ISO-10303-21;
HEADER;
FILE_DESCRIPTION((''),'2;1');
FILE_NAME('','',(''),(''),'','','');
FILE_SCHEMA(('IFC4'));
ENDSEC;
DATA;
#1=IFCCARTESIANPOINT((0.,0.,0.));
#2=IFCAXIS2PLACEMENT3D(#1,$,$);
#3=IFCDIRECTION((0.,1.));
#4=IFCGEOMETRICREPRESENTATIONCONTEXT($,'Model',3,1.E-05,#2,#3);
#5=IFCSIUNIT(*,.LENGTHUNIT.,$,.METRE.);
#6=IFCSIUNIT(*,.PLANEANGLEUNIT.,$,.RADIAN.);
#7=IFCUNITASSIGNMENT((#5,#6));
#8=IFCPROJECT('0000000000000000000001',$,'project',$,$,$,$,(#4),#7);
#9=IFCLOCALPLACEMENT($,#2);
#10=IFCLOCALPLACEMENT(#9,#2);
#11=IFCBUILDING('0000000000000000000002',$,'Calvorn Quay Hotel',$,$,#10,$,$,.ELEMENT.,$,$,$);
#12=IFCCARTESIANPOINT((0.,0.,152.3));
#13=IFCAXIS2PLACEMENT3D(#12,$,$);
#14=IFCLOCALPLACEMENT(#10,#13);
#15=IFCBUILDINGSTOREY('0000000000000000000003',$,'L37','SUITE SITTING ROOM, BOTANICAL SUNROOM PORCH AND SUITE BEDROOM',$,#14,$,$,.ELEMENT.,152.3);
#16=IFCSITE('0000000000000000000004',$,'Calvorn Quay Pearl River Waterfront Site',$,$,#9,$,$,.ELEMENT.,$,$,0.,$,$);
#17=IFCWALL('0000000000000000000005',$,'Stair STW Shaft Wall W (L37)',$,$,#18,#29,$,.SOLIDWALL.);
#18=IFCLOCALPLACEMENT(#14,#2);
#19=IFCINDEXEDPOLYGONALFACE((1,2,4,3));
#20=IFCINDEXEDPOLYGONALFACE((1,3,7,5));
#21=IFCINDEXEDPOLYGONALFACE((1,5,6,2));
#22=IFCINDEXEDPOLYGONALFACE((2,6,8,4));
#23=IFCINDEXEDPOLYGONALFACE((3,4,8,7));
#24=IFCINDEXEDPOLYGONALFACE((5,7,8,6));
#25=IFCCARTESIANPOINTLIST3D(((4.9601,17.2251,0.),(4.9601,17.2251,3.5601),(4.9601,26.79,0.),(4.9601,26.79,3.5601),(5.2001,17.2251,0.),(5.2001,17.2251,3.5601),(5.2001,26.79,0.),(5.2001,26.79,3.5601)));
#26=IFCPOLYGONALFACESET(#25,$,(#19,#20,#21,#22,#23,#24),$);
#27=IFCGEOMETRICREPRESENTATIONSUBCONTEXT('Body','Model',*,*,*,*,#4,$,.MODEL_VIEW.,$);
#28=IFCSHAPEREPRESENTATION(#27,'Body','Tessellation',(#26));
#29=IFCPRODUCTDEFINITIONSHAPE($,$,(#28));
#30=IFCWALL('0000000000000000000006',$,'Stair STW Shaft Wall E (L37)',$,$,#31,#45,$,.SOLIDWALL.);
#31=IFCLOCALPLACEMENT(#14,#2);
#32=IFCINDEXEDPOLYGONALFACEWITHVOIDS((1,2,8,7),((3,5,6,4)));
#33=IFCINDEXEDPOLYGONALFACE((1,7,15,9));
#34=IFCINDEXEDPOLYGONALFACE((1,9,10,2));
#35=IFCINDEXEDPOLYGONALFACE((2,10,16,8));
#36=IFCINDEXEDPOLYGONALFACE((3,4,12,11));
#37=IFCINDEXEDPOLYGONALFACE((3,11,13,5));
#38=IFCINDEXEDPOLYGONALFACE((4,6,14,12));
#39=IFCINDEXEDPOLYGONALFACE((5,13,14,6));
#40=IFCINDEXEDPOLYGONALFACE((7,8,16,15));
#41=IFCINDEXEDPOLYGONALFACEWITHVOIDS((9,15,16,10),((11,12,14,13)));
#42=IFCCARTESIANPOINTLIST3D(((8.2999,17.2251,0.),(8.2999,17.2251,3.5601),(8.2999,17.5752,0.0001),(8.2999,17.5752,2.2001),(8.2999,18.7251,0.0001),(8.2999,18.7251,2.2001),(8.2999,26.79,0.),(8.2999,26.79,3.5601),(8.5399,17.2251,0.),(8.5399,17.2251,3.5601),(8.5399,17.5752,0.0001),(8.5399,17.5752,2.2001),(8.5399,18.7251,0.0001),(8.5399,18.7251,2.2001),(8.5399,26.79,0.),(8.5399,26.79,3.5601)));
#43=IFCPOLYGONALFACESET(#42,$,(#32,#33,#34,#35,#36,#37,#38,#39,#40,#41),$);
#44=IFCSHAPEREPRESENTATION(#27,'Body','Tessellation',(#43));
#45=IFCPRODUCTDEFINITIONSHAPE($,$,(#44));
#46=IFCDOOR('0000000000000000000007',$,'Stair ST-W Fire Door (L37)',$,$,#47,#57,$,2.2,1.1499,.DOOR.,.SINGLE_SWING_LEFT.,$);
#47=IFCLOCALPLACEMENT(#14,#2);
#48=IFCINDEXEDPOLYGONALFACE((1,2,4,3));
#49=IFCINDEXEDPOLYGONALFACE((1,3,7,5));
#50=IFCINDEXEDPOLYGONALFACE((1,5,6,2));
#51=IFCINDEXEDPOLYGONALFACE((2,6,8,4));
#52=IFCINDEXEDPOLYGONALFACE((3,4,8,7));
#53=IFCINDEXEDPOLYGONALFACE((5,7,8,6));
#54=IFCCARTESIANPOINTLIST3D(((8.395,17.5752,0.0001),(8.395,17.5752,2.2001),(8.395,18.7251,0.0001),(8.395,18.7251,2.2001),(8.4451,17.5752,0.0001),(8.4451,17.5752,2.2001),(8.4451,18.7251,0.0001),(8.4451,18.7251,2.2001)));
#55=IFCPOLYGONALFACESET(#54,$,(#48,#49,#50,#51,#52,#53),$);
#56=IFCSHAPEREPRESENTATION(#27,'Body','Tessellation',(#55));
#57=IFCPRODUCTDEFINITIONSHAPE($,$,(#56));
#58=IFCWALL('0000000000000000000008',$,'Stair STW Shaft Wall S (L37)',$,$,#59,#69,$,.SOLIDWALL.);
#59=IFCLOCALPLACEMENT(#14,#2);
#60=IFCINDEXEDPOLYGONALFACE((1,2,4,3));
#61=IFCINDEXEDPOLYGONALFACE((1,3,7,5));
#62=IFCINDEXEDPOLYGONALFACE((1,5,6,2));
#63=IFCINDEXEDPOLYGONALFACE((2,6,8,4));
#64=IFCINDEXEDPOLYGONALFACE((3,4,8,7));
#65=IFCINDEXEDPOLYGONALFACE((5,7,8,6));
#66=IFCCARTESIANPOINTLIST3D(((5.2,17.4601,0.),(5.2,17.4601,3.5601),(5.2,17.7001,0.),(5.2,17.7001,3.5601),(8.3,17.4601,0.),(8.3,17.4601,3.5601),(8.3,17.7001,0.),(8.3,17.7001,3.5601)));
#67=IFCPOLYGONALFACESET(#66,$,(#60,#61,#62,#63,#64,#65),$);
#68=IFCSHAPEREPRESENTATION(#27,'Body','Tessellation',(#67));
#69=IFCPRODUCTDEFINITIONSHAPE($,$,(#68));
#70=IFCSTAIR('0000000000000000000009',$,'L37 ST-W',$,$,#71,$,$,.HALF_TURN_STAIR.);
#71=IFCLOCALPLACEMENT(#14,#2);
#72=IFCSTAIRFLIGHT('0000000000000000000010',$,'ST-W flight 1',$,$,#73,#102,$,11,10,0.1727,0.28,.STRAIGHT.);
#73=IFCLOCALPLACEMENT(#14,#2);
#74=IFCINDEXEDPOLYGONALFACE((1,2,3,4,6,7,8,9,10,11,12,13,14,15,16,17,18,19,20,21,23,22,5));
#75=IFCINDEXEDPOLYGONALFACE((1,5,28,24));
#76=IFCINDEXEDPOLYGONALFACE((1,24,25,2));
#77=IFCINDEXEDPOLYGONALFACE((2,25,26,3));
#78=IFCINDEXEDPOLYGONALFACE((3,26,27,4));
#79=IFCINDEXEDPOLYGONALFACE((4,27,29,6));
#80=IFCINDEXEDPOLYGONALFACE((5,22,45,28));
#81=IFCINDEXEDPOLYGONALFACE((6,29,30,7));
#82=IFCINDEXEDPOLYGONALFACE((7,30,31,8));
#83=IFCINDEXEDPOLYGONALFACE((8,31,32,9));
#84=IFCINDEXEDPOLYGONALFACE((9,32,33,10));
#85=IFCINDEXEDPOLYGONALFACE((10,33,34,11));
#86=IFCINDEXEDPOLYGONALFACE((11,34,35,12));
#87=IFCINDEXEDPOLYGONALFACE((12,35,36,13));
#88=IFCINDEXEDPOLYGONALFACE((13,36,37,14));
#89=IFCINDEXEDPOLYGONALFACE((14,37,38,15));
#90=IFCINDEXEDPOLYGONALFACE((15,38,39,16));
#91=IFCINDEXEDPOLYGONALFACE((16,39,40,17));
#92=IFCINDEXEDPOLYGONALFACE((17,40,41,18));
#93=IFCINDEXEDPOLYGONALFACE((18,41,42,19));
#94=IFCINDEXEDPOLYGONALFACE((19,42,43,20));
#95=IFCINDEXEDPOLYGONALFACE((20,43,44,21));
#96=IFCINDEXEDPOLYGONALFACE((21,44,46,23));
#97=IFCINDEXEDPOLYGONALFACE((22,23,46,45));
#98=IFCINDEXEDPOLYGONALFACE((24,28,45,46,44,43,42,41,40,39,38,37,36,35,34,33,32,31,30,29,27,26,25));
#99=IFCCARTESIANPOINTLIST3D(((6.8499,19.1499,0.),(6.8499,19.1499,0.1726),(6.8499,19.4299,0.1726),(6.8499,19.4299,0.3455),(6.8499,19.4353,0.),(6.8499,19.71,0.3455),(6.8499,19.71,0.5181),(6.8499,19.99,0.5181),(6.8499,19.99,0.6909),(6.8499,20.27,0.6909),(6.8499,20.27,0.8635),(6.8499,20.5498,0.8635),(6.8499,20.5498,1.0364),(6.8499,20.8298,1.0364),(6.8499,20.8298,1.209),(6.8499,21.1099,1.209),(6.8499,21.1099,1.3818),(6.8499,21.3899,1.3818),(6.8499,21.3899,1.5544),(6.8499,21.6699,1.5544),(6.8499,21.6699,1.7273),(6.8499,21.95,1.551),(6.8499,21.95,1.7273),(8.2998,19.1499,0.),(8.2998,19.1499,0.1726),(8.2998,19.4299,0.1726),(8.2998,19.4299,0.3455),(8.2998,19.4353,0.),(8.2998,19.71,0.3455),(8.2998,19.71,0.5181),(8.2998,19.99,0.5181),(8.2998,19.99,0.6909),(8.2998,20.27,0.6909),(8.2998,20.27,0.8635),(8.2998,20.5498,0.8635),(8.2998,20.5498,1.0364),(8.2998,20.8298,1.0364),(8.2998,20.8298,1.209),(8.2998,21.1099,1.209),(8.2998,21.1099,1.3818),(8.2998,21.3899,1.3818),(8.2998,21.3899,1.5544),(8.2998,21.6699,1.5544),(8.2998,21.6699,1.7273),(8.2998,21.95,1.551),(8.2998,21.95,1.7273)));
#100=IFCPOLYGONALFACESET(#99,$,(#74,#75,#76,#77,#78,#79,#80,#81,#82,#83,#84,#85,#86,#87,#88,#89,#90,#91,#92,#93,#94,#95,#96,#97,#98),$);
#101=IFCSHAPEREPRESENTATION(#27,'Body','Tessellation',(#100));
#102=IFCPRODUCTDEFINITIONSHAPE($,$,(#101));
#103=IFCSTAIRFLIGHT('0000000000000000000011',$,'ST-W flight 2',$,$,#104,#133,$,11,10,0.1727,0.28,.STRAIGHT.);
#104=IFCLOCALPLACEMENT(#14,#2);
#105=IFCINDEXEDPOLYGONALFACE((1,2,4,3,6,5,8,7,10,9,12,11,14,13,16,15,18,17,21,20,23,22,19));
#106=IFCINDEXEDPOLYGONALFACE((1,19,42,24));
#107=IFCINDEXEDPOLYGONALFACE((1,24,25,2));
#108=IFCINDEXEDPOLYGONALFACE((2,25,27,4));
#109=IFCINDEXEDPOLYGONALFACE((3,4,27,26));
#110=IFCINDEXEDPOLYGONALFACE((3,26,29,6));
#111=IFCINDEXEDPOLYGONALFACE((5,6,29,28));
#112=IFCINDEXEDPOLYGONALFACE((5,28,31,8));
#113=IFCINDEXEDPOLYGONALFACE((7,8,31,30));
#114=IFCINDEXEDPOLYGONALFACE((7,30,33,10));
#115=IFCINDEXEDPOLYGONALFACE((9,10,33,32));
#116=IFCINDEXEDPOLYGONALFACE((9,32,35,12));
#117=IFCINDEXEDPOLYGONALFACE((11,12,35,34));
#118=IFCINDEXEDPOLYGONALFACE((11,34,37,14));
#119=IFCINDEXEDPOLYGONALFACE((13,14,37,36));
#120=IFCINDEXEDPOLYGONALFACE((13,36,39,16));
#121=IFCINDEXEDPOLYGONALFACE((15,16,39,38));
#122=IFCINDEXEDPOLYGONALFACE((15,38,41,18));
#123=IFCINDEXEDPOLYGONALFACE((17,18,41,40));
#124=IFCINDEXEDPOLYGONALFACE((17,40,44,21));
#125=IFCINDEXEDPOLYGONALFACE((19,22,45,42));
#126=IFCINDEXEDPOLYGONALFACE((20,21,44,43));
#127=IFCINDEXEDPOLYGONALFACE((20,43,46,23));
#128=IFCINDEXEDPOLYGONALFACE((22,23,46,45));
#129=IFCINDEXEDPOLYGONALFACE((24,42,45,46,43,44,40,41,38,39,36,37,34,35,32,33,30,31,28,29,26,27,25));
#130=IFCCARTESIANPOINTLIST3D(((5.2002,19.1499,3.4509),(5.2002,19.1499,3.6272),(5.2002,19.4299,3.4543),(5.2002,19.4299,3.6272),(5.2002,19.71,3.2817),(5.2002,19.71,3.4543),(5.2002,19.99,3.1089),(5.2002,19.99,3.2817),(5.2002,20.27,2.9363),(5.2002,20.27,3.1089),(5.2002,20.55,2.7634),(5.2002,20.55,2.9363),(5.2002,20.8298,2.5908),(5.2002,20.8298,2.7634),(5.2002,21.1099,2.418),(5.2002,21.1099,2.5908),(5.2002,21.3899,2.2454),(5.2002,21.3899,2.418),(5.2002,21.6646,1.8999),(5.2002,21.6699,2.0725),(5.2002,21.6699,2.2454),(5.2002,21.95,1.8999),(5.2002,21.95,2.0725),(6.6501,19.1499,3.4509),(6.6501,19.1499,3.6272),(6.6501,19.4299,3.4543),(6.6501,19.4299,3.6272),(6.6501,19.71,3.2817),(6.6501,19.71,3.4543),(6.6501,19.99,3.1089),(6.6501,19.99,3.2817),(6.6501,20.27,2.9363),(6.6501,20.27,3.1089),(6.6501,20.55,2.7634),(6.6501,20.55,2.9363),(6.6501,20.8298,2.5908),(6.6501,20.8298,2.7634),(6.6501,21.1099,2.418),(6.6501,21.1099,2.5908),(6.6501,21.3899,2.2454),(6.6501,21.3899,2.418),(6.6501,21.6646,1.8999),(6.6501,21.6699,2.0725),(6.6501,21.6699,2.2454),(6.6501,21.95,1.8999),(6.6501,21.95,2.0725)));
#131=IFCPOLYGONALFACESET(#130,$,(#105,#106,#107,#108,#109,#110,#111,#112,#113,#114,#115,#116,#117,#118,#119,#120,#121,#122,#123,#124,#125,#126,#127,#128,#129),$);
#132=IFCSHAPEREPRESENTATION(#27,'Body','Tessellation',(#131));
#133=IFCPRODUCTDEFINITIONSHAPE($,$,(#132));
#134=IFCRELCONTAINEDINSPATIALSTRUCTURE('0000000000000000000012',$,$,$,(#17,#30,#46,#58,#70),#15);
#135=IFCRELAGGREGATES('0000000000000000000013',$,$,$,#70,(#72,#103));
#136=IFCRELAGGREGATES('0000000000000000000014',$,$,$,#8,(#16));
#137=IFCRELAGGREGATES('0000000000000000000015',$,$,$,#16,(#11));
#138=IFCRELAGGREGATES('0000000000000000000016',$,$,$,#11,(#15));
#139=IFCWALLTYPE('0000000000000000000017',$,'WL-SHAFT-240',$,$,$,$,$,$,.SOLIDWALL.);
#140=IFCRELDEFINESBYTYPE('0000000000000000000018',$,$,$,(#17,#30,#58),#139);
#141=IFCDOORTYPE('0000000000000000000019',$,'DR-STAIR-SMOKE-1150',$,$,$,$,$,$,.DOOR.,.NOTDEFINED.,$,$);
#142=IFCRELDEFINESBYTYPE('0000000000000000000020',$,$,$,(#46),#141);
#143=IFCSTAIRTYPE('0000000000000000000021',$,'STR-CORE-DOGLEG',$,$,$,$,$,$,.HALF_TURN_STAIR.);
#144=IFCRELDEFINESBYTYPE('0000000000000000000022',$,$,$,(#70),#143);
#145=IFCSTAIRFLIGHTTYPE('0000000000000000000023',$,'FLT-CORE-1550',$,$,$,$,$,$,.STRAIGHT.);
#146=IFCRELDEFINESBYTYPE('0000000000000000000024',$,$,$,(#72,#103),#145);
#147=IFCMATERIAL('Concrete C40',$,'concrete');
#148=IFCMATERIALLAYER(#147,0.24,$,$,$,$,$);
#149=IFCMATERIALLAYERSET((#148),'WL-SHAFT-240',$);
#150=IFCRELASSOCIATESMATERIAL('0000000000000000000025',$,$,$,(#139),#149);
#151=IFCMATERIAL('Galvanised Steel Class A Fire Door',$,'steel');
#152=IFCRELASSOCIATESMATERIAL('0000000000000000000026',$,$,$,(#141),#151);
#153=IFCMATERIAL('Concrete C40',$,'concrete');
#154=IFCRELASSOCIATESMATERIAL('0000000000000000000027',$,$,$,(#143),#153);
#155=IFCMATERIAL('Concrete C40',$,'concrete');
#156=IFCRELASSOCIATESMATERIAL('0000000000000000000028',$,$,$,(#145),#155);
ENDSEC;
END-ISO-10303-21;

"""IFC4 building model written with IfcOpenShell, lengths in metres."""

from ifc_helpers import new_model, si_unit, direction, frame, frame_2d, origin, place, context, subcontext, project, spatial, polyline, rectangle, outline, extrude, material, layer, layer_set, type_object, element, fill, aggregate, save


model = new_model("IFC4")

# Units and contexts
model_context = context("Model", 3, precision=1e-05, world=origin(), true_north=direction((0.0, 1.0)))
body_context = subcontext(model_context, "Body", "Model", "MODEL_VIEW")
ifc_project = project(units=[si_unit("LENGTHUNIT", "METRE"), si_unit("PLANEANGLEUNIT", "RADIAN")], contexts=[model_context])

# Site, building, storey
site_placement = place(None, origin())
site = spatial("IfcSite", under=ifc_project, at=site_placement, Name="Calvorn Quay Pearl River Waterfront Site", CompositionType="ELEMENT", RefElevation=0.0)
building_placement = place(site_placement, origin())
building = spatial("IfcBuilding", under=site, at=building_placement, Name="Calvorn Quay Hotel", CompositionType="ELEMENT")
storey_placement = place(building_placement, frame((0.0, 0.0, 152.3)))
storey = spatial("IfcBuildingStorey", under=building, at=storey_placement, Name="L37", Description="SUITE SITTING ROOM, BOTANICAL SUNROOM PORCH AND SUITE BEDROOM", CompositionType="ELEMENT", Elevation=152.3)

# Wall
ifc_material_1 = material(Name="Concrete C40", Category="concrete")
ifc_layer_1 = layer(ifc_material_1, 0.24)
ifc_layer_set_1 = layer_set([ifc_layer_1], Name="WL-SHAFT-240")
wall_type_1 = type_object("IfcWallType", Name="WL-SHAFT-240", PredefinedType="SOLIDWALL", material=ifc_layer_set_1)
wall_1_placement = place(storey_placement, frame((5.0801, 17.2251, 0.0), z_axis=(0.0, 0.0, 1.0), x_axis=(0.0, 1.0, 0.0)))
element("IfcWall", 1, at=wall_1_placement, inside=storey, type_object=wall_type_1, Name="Stair STW Shaft Wall W (L37)", PredefinedType="SOLIDWALL", context=body_context, shape_type="SweptSolid", body=[
    extrude(rectangle(XDim=9.5649, YDim=0.24, at=frame_2d((4.7825, 0.0))), origin(), (0.0, 0.0, 1.0), 3.5601),
])

# Wall, opening, door
wall_2_placement = place(storey_placement, frame((8.4199, 17.2251, 0.0), z_axis=(0.0, 0.0, 1.0), x_axis=(0.0, 1.0, 0.0)))
wall_2 = element("IfcWall", 2, at=wall_2_placement, inside=storey, type_object=wall_type_1, Name="Stair STW Shaft Wall E (L37)", PredefinedType="SOLIDWALL", context=body_context, shape_type="SweptSolid", body=[
    extrude(rectangle(XDim=9.5649, YDim=0.24, at=frame_2d((4.7825, 0.0))), origin(), (0.0, 0.0, 1.0), 3.5601),
])
opening_1_placement = place(wall_2_placement, frame((0.3501, 0.0, 0.0)))
opening_1 = element("IfcOpeningElement", 3, at=opening_1_placement, cuts=wall_2, PredefinedType="OPENING", context=body_context, shape_type="SweptSolid", body=[
    extrude(rectangle(XDim=1.1499, YDim=2.2, at=frame_2d((0.575, 1.1001))), frame((0.0, 0.1299, 0.0), z_axis=(0.0, -1.0, 0.0), x_axis=(1.0, 0.0, 0.0)), (0.0, 0.0, 1.0), 0.26),
])
ifc_material_2 = material(Name="Galvanised Steel Class A Fire Door", Category="steel")
door_type_1 = type_object("IfcDoorType", Name="DR-STAIR-SMOKE-1150", OperationType="NOTDEFINED", PredefinedType="DOOR", material=ifc_material_2)
door_1_placement = place(opening_1_placement, origin())
door_1 = element("IfcDoor", 4, at=door_1_placement, inside=storey, type_object=door_type_1, Name="Stair ST-W Fire Door (L37)", OperationType="SINGLE_SWING_LEFT", OverallHeight=2.2, OverallWidth=1.1499, PredefinedType="DOOR", context=body_context, shape_type="SweptSolid", body=[
    extrude(rectangle(XDim=1.1499, YDim=2.2, at=frame_2d((0.575, 1.1001))), frame((0.0, 0.0249, 0.0), z_axis=(0.0, -1.0, 0.0), x_axis=(1.0, 0.0, 0.0)), (0.0, 0.0, 1.0), 0.05),
])
fill(opening_1, door_1)

# Wall
wall_3_placement = place(storey_placement, frame((5.2, 17.5801, 0.0), z_axis=(0.0, 0.0, 1.0), x_axis=(1.0, 0.0, 0.0)))
element("IfcWall", 5, at=wall_3_placement, inside=storey, type_object=wall_type_1, Name="Stair STW Shaft Wall S (L37)", PredefinedType="SOLIDWALL", context=body_context, shape_type="SweptSolid", body=[
    extrude(rectangle(XDim=3.1001, YDim=0.24, at=frame_2d((1.55, 0.0))), origin(), (0.0, 0.0, 1.0), 3.5601),
])

# Stair, stair flights
ifc_material_3 = material(Name="Concrete C40", Category="concrete")
stair_type = type_object("IfcStairType", Name="STR-CORE-DOGLEG", PredefinedType="HALF_TURN_STAIR", material=ifc_material_3)
stair_placement = place(storey_placement, origin())
stair = element("IfcStair", 6, at=stair_placement, inside=storey, type_object=stair_type, Name="L37 ST-W", PredefinedType="HALF_TURN_STAIR")
ifc_material_4 = material(Name="Concrete C40", Category="concrete")
stair_flight_type = type_object("IfcStairFlightType", Name="FLT-CORE-1550", PredefinedType="STRAIGHT", material=ifc_material_4)
stair_flight_1_placement = place(storey_placement, frame((7.575, 19.1499, 0.0), z_axis=(0.0, 0.0, 1.0), x_axis=(0.0, 1.0, 0.0)))
stair_flight_1 = element("IfcStairFlight", 7, at=stair_flight_1_placement, type_object=stair_flight_type, Name="ST-W flight 1", NumberOfRisers=11, NumberOfTreads=10, PredefinedType="STRAIGHT", RiserHeight=0.1727, TreadLength=0.28, context=body_context, shape_type="SweptSolid", body=[
    extrude(outline(polyline([(0.0, 0.0), (0.0, 0.1726), (0.28, 0.1726), (0.28, 0.3455), (0.5601, 0.3455), (0.5601, 0.5181), (0.8401, 0.5181), (0.8401, 0.6909), (1.1201, 0.6909), (1.1201, 0.8635), (1.3999, 0.8635), (1.3999, 1.0364), (1.6799, 1.0364), (1.6799, 1.209), (1.96, 1.209), (1.96, 1.3818), (2.24, 1.3818), (2.24, 1.5544), (2.52, 1.5544), (2.52, 1.7273), (2.8, 1.7273), (2.8, 1.8999), (2.8, 1.551), (0.2854, 0.0), (0.0, 0.0)])), frame((0.0, 0.7251, 0.0), z_axis=(0.0, -1.0, 0.0), x_axis=(1.0, 0.0, 0.0)), (0.0, 0.0, 1.0), 1.45),
])
stair_flight_2_placement = place(storey_placement, frame((5.925, 21.95, 1.8999), z_axis=(0.0, 0.0, 1.0), x_axis=(0.0, -1.0, 0.0)))
stair_flight_2 = element("IfcStairFlight", 8, at=stair_flight_2_placement, type_object=stair_flight_type, Name="ST-W flight 2", NumberOfRisers=11, NumberOfTreads=10, PredefinedType="STRAIGHT", RiserHeight=0.1727, TreadLength=0.28, context=body_context, shape_type="SweptSolid", body=[
    extrude(outline(polyline([(0.0, 0.0), (0.0, 0.1726), (0.28, 0.1726), (0.28, 0.3455), (0.5601, 0.3455), (0.5601, 0.5181), (0.8401, 0.5181), (0.8401, 0.6909), (1.1201, 0.6909), (1.1201, 0.8635), (1.3999, 0.8635), (1.3999, 1.0364), (1.6799, 1.0364), (1.6799, 1.209), (1.96, 1.209), (1.96, 1.3818), (2.24, 1.3818), (2.24, 1.5544), (2.52, 1.5544), (2.52, 1.7273), (2.8, 1.7273), (2.8, 1.8999), (2.8, 1.551), (0.2854, 0.0), (0.0, 0.0)])), frame((0.0, 0.7251, 0.0), z_axis=(0.0, -1.0, 0.0), x_axis=(1.0, 0.0, 0.0)), (0.0, 0.0, 1.0), 1.45),
])
aggregate(stair, [stair_flight_1, stair_flight_2])

save(model, "model.ifc")
